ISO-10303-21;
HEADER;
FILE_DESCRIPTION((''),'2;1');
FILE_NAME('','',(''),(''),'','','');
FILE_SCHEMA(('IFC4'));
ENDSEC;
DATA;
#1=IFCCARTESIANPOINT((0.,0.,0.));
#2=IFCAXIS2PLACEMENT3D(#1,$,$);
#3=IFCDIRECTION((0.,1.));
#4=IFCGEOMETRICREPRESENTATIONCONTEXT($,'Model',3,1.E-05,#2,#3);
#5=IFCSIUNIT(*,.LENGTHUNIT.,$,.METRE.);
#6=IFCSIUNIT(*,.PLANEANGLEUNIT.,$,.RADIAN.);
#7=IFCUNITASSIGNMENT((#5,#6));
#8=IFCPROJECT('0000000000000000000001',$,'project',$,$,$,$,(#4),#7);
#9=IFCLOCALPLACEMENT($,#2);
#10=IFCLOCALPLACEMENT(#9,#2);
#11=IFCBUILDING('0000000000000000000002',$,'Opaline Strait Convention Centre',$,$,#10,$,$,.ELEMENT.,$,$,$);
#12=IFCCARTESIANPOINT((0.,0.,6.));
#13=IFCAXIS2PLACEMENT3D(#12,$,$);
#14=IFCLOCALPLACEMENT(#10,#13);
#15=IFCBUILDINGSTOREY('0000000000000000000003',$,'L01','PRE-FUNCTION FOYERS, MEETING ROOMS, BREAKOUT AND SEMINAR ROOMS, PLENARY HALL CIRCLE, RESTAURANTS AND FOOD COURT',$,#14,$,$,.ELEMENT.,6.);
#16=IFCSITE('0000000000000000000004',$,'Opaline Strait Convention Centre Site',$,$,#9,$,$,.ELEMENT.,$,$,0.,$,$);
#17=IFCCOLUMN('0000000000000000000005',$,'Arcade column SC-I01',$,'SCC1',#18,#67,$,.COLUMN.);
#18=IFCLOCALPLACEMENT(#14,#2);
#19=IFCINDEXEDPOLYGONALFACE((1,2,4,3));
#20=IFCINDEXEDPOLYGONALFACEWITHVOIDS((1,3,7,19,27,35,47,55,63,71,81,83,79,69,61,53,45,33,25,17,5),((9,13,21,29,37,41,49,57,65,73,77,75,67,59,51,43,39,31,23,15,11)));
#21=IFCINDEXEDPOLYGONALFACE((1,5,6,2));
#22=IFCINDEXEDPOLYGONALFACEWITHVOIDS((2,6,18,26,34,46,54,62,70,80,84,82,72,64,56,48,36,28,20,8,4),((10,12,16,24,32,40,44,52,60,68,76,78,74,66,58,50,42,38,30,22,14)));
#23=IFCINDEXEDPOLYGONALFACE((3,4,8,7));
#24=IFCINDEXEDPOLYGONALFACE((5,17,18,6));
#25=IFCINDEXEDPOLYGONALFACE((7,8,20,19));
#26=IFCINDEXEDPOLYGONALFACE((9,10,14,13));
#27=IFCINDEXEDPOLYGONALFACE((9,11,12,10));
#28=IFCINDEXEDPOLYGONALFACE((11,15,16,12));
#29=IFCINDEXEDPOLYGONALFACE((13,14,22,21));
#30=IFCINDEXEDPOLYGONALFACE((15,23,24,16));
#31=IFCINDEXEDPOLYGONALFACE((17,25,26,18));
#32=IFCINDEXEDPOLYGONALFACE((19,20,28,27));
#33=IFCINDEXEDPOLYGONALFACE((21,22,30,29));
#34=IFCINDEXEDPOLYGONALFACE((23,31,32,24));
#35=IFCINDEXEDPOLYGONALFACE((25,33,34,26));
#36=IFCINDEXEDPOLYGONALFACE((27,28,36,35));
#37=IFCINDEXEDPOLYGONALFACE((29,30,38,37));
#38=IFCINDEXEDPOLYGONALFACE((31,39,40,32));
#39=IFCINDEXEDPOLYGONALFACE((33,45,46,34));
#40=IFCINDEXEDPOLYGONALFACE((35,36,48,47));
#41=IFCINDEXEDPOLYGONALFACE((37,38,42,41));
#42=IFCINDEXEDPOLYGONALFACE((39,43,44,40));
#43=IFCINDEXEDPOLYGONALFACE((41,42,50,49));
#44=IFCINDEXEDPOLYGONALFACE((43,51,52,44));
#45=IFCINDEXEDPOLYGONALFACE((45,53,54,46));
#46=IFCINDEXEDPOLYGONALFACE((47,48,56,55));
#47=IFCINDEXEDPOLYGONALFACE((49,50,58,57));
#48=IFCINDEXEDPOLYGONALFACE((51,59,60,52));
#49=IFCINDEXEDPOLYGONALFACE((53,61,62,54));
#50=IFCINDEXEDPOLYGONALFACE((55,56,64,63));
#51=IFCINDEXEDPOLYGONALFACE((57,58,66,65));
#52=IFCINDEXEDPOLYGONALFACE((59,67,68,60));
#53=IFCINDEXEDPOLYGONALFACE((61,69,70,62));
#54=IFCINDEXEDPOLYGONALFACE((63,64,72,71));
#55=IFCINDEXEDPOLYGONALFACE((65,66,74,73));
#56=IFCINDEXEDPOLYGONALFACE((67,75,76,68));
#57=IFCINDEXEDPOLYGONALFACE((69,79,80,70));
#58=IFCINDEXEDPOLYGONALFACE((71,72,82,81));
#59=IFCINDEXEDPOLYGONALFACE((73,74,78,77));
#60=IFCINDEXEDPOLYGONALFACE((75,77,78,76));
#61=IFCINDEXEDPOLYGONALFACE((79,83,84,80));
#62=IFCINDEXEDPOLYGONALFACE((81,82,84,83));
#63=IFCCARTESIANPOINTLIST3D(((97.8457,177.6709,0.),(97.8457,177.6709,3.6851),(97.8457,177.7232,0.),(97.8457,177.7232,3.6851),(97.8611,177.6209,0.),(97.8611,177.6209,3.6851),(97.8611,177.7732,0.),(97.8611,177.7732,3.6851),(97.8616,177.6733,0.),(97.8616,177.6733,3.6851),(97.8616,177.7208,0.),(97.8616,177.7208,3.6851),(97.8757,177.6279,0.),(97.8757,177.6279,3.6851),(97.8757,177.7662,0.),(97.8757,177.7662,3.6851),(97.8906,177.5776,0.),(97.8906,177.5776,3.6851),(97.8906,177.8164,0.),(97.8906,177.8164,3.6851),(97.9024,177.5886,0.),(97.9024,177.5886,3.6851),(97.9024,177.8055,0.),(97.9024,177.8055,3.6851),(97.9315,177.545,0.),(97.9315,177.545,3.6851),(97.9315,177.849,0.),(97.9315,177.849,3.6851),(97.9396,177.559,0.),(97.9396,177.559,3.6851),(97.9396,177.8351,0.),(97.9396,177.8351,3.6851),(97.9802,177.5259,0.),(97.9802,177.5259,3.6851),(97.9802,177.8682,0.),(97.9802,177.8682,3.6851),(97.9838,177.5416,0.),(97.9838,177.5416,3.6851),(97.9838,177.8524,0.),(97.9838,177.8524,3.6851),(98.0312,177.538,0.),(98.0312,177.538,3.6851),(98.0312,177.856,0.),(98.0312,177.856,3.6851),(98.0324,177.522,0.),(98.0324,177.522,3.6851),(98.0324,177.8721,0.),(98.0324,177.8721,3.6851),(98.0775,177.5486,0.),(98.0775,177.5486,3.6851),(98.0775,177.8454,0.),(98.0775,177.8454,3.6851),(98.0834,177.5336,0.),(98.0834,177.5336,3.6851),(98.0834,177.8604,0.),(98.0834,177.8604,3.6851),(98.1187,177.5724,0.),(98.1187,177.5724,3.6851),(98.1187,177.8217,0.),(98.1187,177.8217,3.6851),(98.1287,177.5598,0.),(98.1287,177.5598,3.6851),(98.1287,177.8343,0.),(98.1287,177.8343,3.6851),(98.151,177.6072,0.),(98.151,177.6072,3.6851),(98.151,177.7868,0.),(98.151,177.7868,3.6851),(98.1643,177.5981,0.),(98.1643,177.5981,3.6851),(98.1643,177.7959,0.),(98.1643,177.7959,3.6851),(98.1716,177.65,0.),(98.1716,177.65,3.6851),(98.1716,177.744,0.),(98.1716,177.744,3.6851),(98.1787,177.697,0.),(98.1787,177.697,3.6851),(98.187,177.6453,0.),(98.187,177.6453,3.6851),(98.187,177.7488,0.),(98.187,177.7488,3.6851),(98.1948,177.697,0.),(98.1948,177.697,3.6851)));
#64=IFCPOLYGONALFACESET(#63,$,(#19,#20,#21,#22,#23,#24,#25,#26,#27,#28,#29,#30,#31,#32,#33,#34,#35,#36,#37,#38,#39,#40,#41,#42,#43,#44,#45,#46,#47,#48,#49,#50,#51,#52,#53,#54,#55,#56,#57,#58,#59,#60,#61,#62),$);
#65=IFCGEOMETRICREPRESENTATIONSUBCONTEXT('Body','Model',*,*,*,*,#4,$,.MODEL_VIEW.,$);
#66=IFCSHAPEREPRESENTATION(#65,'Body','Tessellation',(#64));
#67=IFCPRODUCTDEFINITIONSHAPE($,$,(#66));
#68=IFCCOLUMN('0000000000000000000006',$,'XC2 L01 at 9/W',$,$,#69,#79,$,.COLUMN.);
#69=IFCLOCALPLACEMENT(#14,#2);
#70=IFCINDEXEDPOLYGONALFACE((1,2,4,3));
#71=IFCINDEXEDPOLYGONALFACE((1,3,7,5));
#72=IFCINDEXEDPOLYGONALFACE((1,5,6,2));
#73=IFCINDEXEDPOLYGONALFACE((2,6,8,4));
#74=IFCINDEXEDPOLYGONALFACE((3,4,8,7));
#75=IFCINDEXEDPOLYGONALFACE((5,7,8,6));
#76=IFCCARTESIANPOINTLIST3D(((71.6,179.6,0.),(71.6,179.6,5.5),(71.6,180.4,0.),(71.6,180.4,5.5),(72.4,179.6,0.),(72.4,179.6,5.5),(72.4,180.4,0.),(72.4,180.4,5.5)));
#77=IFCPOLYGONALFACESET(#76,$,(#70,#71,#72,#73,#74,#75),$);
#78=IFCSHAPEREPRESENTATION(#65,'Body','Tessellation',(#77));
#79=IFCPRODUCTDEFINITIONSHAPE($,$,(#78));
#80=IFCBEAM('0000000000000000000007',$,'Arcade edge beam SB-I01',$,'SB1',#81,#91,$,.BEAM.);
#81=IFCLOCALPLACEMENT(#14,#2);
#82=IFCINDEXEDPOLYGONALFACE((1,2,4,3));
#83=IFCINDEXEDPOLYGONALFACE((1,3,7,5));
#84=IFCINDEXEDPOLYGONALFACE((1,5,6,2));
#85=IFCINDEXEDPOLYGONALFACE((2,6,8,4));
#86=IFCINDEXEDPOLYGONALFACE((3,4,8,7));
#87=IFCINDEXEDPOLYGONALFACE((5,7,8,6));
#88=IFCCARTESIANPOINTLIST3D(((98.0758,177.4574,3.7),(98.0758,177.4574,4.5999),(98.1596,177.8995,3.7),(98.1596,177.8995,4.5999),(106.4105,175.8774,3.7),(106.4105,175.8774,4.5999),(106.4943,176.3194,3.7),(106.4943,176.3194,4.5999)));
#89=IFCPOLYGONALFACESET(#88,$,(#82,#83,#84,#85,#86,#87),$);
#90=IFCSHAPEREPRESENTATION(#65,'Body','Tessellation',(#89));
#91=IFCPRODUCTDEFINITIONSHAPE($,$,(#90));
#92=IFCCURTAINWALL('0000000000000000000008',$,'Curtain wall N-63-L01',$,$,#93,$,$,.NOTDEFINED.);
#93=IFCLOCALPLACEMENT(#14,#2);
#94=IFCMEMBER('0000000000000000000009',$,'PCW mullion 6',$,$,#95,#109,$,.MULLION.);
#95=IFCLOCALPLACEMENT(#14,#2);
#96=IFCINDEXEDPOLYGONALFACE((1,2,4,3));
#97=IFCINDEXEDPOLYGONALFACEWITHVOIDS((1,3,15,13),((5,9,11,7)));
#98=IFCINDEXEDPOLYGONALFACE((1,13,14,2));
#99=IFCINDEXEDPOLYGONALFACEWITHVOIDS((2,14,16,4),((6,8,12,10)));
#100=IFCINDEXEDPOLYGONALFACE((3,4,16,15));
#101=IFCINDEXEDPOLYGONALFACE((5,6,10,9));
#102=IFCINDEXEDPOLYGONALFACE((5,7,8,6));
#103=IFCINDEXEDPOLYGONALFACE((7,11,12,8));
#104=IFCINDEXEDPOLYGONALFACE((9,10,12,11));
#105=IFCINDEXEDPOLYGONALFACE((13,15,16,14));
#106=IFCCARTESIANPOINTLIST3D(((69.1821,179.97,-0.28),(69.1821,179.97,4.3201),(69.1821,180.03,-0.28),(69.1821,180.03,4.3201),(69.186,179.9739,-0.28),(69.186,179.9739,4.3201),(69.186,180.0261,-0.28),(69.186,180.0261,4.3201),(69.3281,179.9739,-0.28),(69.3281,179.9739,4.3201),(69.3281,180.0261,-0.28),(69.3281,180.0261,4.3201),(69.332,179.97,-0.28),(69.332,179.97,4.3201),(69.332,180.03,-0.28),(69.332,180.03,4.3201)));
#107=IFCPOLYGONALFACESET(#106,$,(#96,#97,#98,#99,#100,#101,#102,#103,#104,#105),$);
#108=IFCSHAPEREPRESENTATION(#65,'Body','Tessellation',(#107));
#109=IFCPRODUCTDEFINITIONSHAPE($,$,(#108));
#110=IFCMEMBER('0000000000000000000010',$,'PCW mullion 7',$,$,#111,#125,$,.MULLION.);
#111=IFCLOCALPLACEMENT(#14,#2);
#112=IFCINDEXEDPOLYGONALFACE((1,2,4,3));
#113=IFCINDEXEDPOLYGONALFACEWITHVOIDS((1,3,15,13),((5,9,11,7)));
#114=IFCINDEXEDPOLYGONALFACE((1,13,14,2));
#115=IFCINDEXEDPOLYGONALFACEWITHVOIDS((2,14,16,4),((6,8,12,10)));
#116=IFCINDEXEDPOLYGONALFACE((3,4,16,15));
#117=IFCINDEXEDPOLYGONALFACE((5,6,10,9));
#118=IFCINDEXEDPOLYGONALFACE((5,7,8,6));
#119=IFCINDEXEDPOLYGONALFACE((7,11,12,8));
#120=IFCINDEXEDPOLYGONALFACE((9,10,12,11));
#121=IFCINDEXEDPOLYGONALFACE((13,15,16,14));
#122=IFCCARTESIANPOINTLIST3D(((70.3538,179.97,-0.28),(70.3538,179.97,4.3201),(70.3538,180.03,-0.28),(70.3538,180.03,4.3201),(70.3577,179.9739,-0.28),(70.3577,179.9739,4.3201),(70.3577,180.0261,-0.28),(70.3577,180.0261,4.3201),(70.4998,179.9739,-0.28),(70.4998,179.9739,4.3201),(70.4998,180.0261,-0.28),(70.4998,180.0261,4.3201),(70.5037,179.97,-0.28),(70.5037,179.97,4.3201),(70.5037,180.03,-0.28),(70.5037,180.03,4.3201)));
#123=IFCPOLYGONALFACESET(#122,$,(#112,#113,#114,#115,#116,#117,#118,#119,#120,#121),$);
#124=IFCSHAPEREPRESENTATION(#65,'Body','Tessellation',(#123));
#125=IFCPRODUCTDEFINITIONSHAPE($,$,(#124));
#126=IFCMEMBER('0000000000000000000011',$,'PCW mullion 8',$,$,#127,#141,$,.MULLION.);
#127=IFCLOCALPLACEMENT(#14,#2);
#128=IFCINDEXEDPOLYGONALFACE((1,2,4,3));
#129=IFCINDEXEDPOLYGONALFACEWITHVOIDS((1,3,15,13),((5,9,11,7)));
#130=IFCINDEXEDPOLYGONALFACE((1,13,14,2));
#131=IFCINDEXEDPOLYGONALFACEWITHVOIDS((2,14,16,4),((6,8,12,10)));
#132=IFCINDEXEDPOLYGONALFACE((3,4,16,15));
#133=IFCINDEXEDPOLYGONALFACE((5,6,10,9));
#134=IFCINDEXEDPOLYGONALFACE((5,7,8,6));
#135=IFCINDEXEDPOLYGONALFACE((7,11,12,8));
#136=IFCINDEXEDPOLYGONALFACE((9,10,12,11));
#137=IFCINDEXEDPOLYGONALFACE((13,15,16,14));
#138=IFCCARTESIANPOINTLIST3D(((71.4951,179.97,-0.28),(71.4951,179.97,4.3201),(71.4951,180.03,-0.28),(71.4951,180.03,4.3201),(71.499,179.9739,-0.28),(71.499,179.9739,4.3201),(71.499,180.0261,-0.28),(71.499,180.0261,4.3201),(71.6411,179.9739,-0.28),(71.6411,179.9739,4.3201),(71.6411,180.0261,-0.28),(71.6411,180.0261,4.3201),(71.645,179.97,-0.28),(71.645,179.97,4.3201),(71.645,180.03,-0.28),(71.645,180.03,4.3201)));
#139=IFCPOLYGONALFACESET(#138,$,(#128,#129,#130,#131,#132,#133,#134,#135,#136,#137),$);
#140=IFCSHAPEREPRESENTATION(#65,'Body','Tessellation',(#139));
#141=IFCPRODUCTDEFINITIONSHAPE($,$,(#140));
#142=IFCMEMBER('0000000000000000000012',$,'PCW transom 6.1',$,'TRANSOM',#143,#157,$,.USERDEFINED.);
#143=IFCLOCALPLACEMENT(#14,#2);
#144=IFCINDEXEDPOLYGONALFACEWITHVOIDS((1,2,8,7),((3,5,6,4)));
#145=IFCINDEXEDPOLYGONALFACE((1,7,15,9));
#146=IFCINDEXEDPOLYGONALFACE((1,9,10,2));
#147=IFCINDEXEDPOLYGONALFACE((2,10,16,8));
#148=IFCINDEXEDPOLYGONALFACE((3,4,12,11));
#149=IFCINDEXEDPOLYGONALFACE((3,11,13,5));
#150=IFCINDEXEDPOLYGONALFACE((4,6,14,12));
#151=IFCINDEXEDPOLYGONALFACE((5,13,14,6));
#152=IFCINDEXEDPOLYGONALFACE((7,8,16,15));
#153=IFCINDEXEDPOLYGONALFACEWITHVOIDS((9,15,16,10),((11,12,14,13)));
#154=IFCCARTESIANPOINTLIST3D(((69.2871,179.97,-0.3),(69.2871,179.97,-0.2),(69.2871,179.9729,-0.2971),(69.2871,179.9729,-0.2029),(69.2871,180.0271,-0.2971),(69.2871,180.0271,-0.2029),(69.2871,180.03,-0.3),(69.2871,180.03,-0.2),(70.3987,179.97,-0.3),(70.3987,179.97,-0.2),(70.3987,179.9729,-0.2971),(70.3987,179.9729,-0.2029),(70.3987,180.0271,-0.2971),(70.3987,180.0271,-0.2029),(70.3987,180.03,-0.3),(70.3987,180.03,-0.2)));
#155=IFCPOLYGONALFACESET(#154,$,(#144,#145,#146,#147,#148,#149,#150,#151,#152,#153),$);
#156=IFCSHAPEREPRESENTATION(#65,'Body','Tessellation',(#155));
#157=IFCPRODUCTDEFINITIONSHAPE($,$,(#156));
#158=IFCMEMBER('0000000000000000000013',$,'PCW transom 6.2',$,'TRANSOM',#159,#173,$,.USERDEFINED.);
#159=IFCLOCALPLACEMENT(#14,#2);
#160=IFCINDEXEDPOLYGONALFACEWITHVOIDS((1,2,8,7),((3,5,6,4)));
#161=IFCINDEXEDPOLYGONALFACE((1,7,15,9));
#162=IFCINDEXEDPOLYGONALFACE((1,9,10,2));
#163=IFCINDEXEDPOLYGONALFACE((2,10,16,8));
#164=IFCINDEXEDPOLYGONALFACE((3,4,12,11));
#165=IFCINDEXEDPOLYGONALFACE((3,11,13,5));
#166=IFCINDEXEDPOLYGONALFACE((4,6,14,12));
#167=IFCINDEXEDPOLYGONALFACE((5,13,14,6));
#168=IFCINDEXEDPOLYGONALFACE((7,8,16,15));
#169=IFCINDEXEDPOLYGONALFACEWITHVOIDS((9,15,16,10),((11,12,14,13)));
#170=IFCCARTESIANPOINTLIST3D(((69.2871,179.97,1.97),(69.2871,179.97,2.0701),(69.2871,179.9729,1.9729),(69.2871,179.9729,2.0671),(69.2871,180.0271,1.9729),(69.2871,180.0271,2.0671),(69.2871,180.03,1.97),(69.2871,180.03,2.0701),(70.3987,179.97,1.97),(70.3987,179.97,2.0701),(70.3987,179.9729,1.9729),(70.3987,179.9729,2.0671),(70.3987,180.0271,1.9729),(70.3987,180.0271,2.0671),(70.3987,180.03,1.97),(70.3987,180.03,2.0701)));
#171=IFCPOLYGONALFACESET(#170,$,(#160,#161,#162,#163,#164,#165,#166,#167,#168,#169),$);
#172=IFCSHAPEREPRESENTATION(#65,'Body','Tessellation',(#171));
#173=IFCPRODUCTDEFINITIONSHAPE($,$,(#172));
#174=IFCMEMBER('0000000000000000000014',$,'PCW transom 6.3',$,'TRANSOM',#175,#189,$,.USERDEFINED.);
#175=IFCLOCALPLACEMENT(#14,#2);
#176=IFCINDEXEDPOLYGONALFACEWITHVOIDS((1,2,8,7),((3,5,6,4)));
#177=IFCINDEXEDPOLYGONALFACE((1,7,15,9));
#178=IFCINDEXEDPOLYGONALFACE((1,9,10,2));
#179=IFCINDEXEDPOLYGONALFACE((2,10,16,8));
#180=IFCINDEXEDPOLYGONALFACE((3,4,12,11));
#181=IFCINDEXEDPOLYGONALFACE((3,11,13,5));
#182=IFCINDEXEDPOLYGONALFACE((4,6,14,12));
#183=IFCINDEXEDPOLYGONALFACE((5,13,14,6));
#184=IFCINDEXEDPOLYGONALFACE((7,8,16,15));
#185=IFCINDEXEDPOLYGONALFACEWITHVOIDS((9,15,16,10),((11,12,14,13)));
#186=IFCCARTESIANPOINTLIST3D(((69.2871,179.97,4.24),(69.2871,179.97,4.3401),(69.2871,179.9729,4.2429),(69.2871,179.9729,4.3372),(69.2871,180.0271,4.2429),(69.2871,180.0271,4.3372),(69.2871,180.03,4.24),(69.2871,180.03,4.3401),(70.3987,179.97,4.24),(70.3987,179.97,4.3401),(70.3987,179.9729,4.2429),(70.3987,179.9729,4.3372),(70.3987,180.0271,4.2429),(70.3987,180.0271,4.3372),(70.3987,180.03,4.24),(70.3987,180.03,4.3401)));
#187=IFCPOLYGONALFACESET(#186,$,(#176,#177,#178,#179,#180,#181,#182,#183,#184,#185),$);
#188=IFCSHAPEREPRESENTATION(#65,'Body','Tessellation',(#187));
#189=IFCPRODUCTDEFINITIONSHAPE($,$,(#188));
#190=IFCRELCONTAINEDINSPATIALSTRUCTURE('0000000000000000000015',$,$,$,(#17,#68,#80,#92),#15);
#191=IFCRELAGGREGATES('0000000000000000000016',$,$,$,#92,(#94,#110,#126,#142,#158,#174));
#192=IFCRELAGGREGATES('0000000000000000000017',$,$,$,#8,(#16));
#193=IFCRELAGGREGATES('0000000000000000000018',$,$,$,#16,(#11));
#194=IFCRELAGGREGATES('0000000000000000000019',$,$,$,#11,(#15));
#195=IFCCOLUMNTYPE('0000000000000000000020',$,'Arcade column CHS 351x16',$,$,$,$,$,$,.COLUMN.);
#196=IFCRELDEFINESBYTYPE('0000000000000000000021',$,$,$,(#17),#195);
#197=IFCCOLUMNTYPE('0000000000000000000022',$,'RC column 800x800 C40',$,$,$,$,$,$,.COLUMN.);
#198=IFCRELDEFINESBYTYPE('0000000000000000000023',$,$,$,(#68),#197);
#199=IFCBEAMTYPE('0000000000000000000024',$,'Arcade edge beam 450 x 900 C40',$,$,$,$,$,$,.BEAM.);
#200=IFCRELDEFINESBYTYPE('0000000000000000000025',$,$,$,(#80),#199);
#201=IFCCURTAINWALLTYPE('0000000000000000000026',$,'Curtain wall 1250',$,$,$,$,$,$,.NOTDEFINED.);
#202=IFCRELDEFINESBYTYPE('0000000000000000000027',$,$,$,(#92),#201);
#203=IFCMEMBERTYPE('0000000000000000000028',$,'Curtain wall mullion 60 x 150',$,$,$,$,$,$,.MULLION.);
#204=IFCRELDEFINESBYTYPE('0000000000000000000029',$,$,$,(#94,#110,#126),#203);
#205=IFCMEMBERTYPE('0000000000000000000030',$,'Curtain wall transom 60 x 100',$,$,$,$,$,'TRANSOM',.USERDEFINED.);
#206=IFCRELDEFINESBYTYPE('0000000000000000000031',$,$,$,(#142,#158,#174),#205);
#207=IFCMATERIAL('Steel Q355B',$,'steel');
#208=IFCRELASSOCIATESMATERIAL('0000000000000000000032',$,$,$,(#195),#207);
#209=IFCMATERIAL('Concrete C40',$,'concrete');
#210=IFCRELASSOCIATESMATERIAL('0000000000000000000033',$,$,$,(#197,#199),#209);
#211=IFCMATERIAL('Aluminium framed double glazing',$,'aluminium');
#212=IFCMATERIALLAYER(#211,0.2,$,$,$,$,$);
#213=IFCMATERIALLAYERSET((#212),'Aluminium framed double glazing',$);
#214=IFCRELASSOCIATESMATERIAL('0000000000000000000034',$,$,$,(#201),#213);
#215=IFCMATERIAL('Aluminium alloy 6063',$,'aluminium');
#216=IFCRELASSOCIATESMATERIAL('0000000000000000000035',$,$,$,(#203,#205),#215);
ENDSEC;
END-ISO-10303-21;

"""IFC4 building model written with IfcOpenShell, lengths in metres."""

from ifc_helpers import new_model, si_unit, direction, frame, origin, origin_2d, place, context, subcontext, project, spatial, rectangle, hollow_rectangle, hollow_circle, extrude, material, layer, layer_set, material_profile, profile_set, type_object, element, aggregate, save


model = new_model("IFC4")

# Units and contexts
model_context = context("Model", 3, precision=1e-05, world=origin(), true_north=direction((0.0, 1.0)))
body_context = subcontext(model_context, "Body", "Model", "MODEL_VIEW")
ifc_project = project(units=[si_unit("LENGTHUNIT", "METRE"), si_unit("PLANEANGLEUNIT", "RADIAN")], contexts=[model_context])

# Site, building, storey
site_placement = place(None, origin())
site = spatial("IfcSite", under=ifc_project, at=site_placement, Name="Opaline Strait Convention Centre Site", CompositionType="ELEMENT", RefElevation=0.0)
building_placement = place(site_placement, origin())
building = spatial("IfcBuilding", under=site, at=building_placement, Name="Opaline Strait Convention Centre", CompositionType="ELEMENT")
storey_placement = place(building_placement, frame((0.0, 0.0, 6.0)))
storey = spatial("IfcBuildingStorey", under=building, at=storey_placement, Name="L01", Description="PRE-FUNCTION FOYERS, MEETING ROOMS, BREAKOUT AND SEMINAR ROOMS, PLENARY HALL CIRCLE, RESTAURANTS AND FOOD COURT", CompositionType="ELEMENT", Elevation=6.0)

# Columns
ifc_material_1 = material(Name="Steel Q355B", Category="steel")
ifc_material_profile_1 = material_profile(ifc_material_1, hollow_circle(Radius=0.1755, WallThickness=0.0161, at=origin_2d()), Name="CHS 351x16")
ifc_profile_set_1 = profile_set([ifc_material_profile_1], Name="Steel Q355B")
column_type_1 = type_object("IfcColumnType", Name="Arcade column CHS 351x16", PredefinedType="COLUMN", material=ifc_profile_set_1)
column_1_placement = place(storey_placement, frame((98.0193, 177.697, 0.0), z_axis=(0.0, 0.0, 1.0), x_axis=(1.0, 0.0, 0.0)))
element("IfcColumn", 1, at=column_1_placement, inside=storey, type_object=column_type_1, Name="Arcade column SC-I01", ObjectType="SCC1", PredefinedType="COLUMN", context=body_context, shape_type="SweptSolid", body=[
    extrude(hollow_circle(Radius=0.1755, WallThickness=0.0161, at=origin_2d()), origin(), (0.0, 0.0, 1.0), 3.6851),
])
ifc_material_2 = material(Name="Concrete C40", Category="concrete")
ifc_material_profile_2 = material_profile(ifc_material_2, rectangle(XDim=0.8, YDim=0.8, at=origin_2d()), Name="RC 800x800")
ifc_profile_set_2 = profile_set([ifc_material_profile_2], Name="Concrete C40")
column_type_2 = type_object("IfcColumnType", Name="RC column 800x800 C40", PredefinedType="COLUMN", material=ifc_profile_set_2)
column_2_placement = place(storey_placement, frame((72.0, 180.0, 0.0), z_axis=(0.0, 0.0, 1.0), x_axis=(1.0, 0.0, 0.0)))
element("IfcColumn", 2, at=column_2_placement, inside=storey, type_object=column_type_2, Name="XC2 L01 at 9/W", PredefinedType="COLUMN", context=body_context, shape_type="SweptSolid", body=[
    extrude(rectangle(XDim=0.8, YDim=0.8, at=origin_2d()), origin(), (0.0, 0.0, 1.0), 5.5),
])

# Beam
ifc_material_profile_3 = material_profile(ifc_material_2, rectangle(XDim=0.45, YDim=0.8999, at=origin_2d()), Name="RC 450x900")
ifc_profile_set_3 = profile_set([ifc_material_profile_3], Name="Concrete C40")
beam_type = type_object("IfcBeamType", Name="Arcade edge beam 450 x 900 C40", PredefinedType="BEAM", material=ifc_profile_set_3)
beam_placement = place(storey_placement, frame((98.1177, 177.6785, 4.1499), z_axis=(0.9825, -0.18626, 0.0), x_axis=(0.18626, 0.9825, 0.0)))
element("IfcBeam", 3, at=beam_placement, inside=storey, type_object=beam_type, Name="Arcade edge beam SB-I01", ObjectType="SB1", PredefinedType="BEAM", context=body_context, shape_type="SweptSolid", body=[
    extrude(rectangle(XDim=0.45, YDim=0.8999, at=origin_2d()), origin(), (0.0, 0.0, 1.0), 8.4832),
])

# Curtain wall, members
ifc_material_3 = material(Name="Aluminium framed double glazing", Category="aluminium")
ifc_layer_1 = layer(ifc_material_3, 0.2)
ifc_layer_set_1 = layer_set([ifc_layer_1], Name="Aluminium framed double glazing")
curtain_wall_type = type_object("IfcCurtainWallType", Name="Curtain wall 1250", PredefinedType="NOTDEFINED", material=ifc_layer_set_1)
curtain_wall_placement = place(storey_placement, origin())
curtain_wall = element("IfcCurtainWall", 4, at=curtain_wall_placement, inside=storey, type_object=curtain_wall_type, Name="Curtain wall N-63-L01", PredefinedType="NOTDEFINED")
ifc_material_4 = material(Name="Aluminium alloy 6063", Category="aluminium")
ifc_material_profile_4 = material_profile(ifc_material_4, hollow_rectangle(XDim=0.0601, YDim=0.1499, WallThickness=0.0039, at=origin_2d()), Name="MULLION 60x150x4")
ifc_profile_set_4 = profile_set([ifc_material_profile_4], Name="Aluminium alloy 6063")
member_type_1 = type_object("IfcMemberType", Name="Curtain wall mullion 60 x 150", PredefinedType="MULLION", material=ifc_profile_set_4)
member_1_placement = place(storey_placement, frame((69.2571, 180.0, -0.28), z_axis=(0.0, 0.0, 1.0), x_axis=(0.0, 1.0, 0.0)))
member_1 = element("IfcMember", 5, at=member_1_placement, type_object=member_type_1, Name="PCW mullion 6", PredefinedType="MULLION", context=body_context, shape_type="SweptSolid", body=[
    extrude(hollow_rectangle(XDim=0.0601, YDim=0.1499, WallThickness=0.0039, at=origin_2d()), origin(), (0.0, 0.0, 1.0), 4.6001),
])
member_2_placement = place(storey_placement, frame((70.4287, 180.0, -0.28), z_axis=(0.0, 0.0, 1.0), x_axis=(0.0, 1.0, 0.0)))
member_2 = element("IfcMember", 6, at=member_2_placement, type_object=member_type_1, Name="PCW mullion 7", PredefinedType="MULLION", context=body_context, shape_type="SweptSolid", body=[
    extrude(hollow_rectangle(XDim=0.0601, YDim=0.1499, WallThickness=0.0039, at=origin_2d()), origin(), (0.0, 0.0, 1.0), 4.6001),
])
member_3_placement = place(storey_placement, frame((71.5701, 180.0, -0.28), z_axis=(0.0, 0.0, 1.0), x_axis=(0.0, 1.0, 0.0)))
member_3 = element("IfcMember", 7, at=member_3_placement, type_object=member_type_1, Name="PCW mullion 8", PredefinedType="MULLION", context=body_context, shape_type="SweptSolid", body=[
    extrude(hollow_rectangle(XDim=0.0601, YDim=0.1499, WallThickness=0.0039, at=origin_2d()), origin(), (0.0, 0.0, 1.0), 4.6001),
])
ifc_material_profile_5 = material_profile(ifc_material_4, hollow_rectangle(XDim=0.0601, YDim=0.1001, WallThickness=0.0029, at=origin_2d()), Name="TRANSOM 60x100x3")
ifc_profile_set_5 = profile_set([ifc_material_profile_5], Name="Aluminium alloy 6063")
member_type_2 = type_object("IfcMemberType", Name="Curtain wall transom 60 x 100", ElementType="TRANSOM", PredefinedType="USERDEFINED", material=ifc_profile_set_5)
member_4_placement = place(storey_placement, frame((69.2871, 180.0, -0.25), z_axis=(1.0, 0.0, 0.0), x_axis=(0.0, 1.0, 0.0)))
member_4 = element("IfcMember", 8, at=member_4_placement, type_object=member_type_2, Name="PCW transom 6.1", ObjectType="TRANSOM", PredefinedType="USERDEFINED", context=body_context, shape_type="SweptSolid", body=[
    extrude(hollow_rectangle(XDim=0.0601, YDim=0.1001, WallThickness=0.0029, at=origin_2d()), origin(), (0.0, 0.0, 1.0), 1.1116),
])
member_5_placement = place(storey_placement, frame((69.2871, 180.0, 2.02), z_axis=(1.0, 0.0, 0.0), x_axis=(0.0, 1.0, 0.0)))
member_5 = element("IfcMember", 9, at=member_5_placement, type_object=member_type_2, Name="PCW transom 6.2", ObjectType="TRANSOM", PredefinedType="USERDEFINED", context=body_context, shape_type="SweptSolid", body=[
    extrude(hollow_rectangle(XDim=0.0601, YDim=0.1001, WallThickness=0.0029, at=origin_2d()), origin(), (0.0, 0.0, 1.0), 1.1116),
])
member_6_placement = place(storey_placement, frame((69.2871, 180.0, 4.29), z_axis=(1.0, 0.0, 0.0), x_axis=(0.0, 1.0, 0.0)))
member_6 = element("IfcMember", 10, at=member_6_placement, type_object=member_type_2, Name="PCW transom 6.3", ObjectType="TRANSOM", PredefinedType="USERDEFINED", context=body_context, shape_type="SweptSolid", body=[
    extrude(hollow_rectangle(XDim=0.0601, YDim=0.1001, WallThickness=0.0029, at=origin_2d()), origin(), (0.0, 0.0, 1.0), 1.1116),
])

aggregate(curtain_wall, [member_1, member_2, member_3, member_4, member_5, member_6])

save(model, "model.ifc")
